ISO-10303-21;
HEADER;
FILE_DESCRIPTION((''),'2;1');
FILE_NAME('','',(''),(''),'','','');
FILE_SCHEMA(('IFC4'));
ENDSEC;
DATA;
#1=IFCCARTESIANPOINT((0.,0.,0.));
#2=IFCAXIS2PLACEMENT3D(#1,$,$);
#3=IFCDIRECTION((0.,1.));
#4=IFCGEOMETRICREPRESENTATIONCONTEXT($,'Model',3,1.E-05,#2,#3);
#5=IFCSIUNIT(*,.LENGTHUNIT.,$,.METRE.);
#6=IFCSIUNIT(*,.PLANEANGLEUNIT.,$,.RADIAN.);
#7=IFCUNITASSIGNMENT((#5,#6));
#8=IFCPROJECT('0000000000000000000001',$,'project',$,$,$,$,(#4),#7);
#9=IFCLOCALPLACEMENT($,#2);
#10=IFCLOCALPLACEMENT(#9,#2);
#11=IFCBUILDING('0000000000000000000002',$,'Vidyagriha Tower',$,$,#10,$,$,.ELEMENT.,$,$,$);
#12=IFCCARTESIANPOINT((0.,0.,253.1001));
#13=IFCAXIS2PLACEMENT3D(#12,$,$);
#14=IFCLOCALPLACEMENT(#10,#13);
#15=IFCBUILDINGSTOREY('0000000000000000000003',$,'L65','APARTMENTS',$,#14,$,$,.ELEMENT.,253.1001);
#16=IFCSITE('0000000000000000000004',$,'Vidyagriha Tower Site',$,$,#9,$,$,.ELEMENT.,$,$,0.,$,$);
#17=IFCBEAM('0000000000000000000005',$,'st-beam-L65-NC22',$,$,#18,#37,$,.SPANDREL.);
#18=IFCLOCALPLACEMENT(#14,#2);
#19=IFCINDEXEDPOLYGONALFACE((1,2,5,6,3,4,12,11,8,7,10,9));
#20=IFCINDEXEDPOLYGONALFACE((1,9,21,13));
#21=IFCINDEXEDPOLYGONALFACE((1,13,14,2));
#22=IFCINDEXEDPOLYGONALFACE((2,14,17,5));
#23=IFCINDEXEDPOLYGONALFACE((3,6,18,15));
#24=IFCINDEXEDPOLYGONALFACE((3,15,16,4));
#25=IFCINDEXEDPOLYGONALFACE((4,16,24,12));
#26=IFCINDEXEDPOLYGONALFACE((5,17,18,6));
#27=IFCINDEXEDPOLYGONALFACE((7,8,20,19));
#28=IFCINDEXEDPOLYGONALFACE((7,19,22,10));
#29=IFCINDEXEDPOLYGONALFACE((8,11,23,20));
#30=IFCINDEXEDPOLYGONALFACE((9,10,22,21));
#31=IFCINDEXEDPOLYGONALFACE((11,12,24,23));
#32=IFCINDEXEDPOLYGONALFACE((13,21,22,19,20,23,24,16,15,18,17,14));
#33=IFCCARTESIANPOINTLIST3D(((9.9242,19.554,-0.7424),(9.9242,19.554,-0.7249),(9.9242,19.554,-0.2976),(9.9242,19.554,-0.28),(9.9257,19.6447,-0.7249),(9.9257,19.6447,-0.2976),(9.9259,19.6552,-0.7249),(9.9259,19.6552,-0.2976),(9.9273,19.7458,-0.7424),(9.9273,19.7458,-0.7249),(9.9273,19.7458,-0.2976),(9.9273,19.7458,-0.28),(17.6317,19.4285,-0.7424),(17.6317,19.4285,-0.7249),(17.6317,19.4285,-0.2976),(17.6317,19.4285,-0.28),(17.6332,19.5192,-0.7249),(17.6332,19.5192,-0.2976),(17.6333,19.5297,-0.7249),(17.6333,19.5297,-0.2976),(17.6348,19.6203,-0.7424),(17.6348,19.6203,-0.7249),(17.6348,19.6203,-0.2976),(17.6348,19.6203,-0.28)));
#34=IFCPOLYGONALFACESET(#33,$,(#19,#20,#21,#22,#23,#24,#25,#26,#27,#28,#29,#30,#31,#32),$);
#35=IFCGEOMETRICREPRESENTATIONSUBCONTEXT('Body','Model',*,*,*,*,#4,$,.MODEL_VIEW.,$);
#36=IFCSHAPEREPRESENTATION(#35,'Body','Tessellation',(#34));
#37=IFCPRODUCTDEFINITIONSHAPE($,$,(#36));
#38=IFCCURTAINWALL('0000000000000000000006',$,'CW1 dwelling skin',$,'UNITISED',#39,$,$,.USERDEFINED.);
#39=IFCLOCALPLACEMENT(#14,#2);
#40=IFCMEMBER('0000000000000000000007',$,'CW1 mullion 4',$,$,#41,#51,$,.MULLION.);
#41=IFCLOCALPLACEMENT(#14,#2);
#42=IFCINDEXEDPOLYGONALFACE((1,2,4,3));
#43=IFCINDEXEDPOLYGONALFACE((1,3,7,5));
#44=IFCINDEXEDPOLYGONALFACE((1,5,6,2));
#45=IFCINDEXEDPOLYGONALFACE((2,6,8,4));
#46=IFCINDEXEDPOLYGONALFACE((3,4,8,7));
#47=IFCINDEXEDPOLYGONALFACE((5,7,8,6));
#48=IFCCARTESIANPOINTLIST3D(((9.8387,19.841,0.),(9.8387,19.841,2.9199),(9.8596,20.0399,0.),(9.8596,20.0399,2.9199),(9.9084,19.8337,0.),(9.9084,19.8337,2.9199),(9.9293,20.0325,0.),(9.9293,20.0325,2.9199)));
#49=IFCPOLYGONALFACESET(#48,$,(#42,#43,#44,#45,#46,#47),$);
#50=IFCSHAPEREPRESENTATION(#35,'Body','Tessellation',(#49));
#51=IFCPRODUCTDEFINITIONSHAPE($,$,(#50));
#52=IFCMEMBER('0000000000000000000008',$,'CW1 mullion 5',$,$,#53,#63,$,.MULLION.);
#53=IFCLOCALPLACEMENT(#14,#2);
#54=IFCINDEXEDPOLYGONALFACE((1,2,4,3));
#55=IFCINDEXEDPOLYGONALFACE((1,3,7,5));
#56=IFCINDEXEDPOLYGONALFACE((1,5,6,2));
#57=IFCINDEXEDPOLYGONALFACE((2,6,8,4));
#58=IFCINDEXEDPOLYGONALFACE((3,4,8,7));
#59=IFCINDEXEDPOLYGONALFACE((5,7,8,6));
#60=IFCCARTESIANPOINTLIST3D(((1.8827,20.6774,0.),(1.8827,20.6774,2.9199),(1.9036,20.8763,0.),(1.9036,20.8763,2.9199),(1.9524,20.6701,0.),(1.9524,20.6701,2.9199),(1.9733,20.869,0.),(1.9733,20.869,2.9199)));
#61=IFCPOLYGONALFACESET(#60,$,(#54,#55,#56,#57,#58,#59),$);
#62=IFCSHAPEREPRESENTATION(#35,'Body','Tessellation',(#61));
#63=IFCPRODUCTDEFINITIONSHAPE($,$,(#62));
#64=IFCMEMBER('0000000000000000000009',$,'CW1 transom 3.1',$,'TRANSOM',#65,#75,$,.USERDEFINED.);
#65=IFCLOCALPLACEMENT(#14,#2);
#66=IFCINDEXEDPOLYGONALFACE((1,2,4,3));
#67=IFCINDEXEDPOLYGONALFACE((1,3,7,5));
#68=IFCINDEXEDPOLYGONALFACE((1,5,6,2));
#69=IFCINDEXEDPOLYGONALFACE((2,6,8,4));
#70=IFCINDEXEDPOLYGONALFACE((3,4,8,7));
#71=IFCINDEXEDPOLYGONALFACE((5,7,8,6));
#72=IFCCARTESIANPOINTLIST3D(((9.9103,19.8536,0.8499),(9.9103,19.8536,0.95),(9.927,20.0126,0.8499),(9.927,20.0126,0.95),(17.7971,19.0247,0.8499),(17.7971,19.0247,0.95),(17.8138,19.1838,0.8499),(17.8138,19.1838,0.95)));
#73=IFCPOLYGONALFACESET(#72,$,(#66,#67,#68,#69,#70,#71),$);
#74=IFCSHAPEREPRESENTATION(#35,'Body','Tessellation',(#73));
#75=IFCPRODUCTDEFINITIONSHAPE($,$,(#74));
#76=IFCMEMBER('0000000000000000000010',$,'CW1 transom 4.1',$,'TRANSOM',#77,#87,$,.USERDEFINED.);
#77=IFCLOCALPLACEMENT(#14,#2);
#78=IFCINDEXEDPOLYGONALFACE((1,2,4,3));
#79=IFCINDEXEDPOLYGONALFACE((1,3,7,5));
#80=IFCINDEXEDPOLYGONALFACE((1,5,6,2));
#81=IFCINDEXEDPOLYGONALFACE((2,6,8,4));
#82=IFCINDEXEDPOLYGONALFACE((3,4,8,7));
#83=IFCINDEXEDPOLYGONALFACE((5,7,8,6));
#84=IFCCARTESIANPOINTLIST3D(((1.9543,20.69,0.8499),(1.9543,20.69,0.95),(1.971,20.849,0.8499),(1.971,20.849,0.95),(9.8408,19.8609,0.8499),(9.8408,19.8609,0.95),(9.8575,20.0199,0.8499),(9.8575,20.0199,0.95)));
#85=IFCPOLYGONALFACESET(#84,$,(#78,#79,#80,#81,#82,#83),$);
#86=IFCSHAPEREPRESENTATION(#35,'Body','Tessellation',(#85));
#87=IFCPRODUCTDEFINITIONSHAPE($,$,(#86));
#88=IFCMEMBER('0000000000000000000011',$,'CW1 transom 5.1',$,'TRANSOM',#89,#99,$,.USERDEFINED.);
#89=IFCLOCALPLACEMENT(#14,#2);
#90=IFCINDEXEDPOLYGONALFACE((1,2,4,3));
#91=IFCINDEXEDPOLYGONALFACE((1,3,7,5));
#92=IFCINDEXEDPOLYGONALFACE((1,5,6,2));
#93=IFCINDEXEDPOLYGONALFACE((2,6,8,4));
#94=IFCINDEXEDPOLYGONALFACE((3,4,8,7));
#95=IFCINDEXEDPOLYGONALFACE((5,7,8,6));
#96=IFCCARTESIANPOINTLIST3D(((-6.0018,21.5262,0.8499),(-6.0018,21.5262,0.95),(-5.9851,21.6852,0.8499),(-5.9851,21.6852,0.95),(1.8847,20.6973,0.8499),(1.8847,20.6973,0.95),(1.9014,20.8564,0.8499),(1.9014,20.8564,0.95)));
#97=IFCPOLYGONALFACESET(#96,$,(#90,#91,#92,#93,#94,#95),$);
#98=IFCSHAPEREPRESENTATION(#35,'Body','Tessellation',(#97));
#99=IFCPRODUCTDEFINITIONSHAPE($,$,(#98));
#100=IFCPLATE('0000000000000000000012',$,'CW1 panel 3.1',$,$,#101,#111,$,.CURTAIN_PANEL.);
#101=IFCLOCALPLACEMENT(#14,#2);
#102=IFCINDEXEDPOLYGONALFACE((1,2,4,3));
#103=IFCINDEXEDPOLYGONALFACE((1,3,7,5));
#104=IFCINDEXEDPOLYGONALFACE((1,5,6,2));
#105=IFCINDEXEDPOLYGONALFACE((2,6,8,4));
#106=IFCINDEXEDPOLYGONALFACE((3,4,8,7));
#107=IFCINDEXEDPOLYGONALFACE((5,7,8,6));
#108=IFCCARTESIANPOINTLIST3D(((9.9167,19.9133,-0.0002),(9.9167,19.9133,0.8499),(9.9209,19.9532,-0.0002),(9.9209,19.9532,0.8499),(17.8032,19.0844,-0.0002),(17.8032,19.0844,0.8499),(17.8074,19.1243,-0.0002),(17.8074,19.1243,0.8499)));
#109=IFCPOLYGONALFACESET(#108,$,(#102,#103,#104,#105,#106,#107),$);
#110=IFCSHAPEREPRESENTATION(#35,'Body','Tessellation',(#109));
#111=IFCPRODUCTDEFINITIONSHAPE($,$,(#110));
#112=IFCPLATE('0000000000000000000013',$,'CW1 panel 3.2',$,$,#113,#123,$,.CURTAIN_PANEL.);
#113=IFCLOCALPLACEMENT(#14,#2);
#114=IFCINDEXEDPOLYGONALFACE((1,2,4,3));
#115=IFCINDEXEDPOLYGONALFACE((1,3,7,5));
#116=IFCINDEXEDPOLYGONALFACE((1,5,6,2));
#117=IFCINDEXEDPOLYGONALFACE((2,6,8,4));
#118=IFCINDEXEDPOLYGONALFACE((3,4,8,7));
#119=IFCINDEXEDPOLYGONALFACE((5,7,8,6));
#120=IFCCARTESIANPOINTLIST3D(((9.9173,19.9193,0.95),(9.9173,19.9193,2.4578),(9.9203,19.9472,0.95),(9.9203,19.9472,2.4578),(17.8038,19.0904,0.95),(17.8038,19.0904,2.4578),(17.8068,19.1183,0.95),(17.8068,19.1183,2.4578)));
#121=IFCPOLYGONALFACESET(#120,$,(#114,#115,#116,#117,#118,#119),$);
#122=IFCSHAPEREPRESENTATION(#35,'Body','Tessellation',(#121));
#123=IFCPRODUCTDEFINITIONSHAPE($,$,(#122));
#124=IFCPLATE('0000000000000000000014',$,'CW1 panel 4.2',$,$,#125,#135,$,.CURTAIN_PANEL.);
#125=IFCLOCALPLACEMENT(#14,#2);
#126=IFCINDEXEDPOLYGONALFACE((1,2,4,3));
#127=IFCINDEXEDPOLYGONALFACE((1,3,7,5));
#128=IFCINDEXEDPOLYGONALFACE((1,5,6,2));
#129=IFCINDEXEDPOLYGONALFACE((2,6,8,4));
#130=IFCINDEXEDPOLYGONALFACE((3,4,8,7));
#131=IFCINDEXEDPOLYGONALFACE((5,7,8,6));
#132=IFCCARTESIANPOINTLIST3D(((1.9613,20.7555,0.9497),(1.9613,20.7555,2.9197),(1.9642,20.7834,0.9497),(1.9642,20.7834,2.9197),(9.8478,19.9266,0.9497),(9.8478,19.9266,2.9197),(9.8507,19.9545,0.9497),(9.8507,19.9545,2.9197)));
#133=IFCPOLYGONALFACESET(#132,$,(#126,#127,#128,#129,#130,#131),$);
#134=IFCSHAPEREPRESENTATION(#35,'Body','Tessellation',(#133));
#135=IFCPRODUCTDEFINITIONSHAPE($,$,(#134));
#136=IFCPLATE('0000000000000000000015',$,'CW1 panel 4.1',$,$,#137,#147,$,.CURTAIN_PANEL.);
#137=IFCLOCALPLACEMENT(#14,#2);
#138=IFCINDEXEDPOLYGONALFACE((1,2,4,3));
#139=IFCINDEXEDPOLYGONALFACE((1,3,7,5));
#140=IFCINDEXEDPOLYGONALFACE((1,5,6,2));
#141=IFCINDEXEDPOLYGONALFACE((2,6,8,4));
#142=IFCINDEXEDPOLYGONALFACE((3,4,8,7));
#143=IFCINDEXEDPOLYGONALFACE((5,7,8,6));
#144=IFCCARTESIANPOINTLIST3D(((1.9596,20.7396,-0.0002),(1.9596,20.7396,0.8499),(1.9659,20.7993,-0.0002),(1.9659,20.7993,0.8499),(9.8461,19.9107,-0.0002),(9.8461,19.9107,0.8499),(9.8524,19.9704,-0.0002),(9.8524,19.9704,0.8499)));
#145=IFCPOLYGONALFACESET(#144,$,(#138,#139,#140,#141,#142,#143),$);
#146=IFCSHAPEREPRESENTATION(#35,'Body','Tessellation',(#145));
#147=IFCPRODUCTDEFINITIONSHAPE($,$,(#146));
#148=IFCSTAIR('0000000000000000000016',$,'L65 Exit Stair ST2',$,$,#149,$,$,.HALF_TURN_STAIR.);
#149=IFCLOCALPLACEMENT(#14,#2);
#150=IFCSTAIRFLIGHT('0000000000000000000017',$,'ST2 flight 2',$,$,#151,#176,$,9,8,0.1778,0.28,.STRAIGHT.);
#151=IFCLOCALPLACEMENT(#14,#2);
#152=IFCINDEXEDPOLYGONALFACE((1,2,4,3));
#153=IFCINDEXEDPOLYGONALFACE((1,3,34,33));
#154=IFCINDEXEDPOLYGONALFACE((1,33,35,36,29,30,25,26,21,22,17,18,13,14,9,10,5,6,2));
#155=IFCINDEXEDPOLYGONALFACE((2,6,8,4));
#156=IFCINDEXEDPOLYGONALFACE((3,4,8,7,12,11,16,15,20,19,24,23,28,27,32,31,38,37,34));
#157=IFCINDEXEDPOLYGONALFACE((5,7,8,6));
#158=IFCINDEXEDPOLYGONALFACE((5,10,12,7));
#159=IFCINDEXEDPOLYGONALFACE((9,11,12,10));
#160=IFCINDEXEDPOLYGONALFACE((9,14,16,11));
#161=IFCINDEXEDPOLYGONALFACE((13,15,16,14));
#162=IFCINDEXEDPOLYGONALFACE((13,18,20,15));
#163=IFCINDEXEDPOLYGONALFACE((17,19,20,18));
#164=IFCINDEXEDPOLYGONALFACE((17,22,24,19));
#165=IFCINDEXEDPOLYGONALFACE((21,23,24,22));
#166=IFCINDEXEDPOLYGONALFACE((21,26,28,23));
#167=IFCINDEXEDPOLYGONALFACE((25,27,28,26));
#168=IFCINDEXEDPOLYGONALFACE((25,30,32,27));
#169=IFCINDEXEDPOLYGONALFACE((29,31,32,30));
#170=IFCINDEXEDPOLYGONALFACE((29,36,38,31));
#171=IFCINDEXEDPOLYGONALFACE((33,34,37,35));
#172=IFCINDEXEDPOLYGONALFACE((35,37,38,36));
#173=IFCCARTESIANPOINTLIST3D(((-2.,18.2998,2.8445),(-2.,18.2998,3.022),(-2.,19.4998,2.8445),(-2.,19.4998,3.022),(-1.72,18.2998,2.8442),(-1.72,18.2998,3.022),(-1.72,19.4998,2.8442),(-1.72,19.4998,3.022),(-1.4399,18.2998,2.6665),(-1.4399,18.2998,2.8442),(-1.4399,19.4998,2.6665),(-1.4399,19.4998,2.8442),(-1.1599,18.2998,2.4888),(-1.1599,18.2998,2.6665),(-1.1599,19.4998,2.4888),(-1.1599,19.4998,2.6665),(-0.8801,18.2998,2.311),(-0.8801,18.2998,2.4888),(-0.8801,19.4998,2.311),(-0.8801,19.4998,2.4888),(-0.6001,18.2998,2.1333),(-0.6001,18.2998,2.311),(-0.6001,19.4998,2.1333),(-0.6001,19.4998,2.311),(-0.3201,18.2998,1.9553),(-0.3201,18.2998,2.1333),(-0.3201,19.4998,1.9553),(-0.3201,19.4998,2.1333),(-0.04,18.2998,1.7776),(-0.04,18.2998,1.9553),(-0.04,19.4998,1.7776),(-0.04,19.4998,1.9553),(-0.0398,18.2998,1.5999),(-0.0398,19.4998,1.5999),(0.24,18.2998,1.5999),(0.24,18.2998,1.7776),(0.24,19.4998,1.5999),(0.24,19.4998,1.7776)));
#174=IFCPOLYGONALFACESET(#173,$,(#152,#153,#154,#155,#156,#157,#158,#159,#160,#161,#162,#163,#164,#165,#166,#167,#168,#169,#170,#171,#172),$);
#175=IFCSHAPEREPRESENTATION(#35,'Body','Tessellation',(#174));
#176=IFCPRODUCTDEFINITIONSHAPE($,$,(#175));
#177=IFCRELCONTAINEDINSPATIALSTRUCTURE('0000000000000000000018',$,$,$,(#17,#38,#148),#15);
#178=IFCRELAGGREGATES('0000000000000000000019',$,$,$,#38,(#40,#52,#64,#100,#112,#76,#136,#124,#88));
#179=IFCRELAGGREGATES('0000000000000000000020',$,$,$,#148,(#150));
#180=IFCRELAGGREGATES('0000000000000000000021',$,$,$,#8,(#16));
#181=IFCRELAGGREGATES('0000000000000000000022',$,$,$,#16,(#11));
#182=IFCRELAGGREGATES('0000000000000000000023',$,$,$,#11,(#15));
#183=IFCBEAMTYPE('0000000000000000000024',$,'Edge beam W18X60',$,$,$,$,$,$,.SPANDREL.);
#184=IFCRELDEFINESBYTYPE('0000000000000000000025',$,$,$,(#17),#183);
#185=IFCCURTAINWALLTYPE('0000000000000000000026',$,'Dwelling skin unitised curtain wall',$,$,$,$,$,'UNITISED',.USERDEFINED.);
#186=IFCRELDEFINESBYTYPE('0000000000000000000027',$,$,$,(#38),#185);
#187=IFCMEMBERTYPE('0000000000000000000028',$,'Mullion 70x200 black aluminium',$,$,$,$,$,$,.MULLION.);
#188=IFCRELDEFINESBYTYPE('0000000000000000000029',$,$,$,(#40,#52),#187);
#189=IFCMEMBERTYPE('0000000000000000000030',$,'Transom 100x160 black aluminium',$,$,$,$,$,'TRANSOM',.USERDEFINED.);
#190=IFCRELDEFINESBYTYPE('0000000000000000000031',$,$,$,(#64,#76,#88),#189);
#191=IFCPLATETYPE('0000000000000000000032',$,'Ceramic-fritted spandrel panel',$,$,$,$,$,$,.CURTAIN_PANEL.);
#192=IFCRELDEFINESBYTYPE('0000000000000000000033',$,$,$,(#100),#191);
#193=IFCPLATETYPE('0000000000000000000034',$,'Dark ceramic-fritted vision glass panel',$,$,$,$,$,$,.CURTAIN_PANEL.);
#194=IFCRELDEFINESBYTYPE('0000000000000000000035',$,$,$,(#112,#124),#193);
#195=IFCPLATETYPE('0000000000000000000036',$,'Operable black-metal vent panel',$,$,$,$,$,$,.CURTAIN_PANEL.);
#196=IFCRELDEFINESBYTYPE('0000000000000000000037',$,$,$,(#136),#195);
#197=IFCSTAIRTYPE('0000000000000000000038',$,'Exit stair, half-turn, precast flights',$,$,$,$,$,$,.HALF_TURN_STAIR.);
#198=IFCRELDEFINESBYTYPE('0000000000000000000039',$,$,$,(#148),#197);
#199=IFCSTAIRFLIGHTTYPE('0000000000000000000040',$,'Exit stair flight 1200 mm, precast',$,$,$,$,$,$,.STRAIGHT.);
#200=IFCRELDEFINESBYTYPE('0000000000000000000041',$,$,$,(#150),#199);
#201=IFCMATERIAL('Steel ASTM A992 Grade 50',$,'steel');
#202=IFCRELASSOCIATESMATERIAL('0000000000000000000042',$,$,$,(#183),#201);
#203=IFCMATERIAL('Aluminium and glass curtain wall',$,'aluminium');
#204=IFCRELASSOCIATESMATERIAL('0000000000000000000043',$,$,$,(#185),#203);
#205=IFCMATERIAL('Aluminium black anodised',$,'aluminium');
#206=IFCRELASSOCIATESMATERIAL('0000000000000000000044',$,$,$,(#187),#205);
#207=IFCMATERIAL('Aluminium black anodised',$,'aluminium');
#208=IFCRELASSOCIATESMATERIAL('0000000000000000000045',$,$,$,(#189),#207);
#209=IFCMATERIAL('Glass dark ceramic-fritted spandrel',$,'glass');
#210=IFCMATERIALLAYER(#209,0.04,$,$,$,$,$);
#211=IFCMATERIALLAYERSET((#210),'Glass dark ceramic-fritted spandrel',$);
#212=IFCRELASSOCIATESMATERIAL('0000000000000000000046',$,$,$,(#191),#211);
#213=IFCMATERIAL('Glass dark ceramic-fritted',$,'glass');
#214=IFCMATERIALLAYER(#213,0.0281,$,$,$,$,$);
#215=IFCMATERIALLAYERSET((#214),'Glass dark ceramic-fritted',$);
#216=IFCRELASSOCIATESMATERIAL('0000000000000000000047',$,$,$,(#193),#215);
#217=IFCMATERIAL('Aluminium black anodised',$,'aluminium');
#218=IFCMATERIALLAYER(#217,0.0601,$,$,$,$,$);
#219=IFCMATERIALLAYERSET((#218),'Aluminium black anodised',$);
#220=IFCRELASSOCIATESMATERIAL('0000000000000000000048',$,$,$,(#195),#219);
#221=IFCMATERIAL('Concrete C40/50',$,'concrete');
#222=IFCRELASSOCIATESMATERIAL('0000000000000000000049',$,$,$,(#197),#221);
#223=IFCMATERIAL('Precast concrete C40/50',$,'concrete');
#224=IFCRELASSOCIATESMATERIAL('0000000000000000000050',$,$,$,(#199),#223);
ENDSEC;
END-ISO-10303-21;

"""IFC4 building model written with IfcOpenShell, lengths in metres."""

from ifc_helpers import new_model, si_unit, direction, frame, origin, origin_2d, place, context, subcontext, project, spatial, polyline, rectangle, i_section, outline, extrude, material, layer, layer_set, material_profile, profile_set, type_object, element, aggregate, save


model = new_model("IFC4")

# Units and contexts
model_context = context("Model", 3, precision=1e-05, world=origin(), true_north=direction((0.0, 1.0)))
body_context = subcontext(model_context, "Body", "Model", "MODEL_VIEW")
ifc_project = project(units=[si_unit("LENGTHUNIT", "METRE"), si_unit("PLANEANGLEUNIT", "RADIAN")], contexts=[model_context])

# Site, building, storey
site_placement = place(None, origin())
site = spatial("IfcSite", under=ifc_project, at=site_placement, Name="Vidyagriha Tower Site", CompositionType="ELEMENT", RefElevation=0.0)
building_placement = place(site_placement, origin())
building = spatial("IfcBuilding", under=site, at=building_placement, Name="Vidyagriha Tower", CompositionType="ELEMENT")
storey_placement = place(building_placement, frame((0.0, 0.0, 253.1001)))
storey = spatial("IfcBuildingStorey", under=building, at=storey_placement, Name="L65", Description="APARTMENTS", CompositionType="ELEMENT", Elevation=253.1001)

# Beam
ifc_material_1 = material(Name="Steel ASTM A992 Grade 50", Category="steel")
ifc_material_profile_1 = material_profile(ifc_material_1, i_section(OverallWidth=0.1919, OverallDepth=0.4624, WebThickness=0.0105, FlangeThickness=0.0176, at=origin_2d()), Name="W18X60")
ifc_profile_set_1 = profile_set([ifc_material_profile_1], Name="Steel ASTM A992 Grade 50")
beam_type = type_object("IfcBeamType", Name="Edge beam W18X60", PredefinedType="SPANDREL", material=ifc_profile_set_1)
beam_placement = place(storey_placement, frame((9.9258, 19.6499, -0.5112), z_axis=(0.999867, -0.016279, 0.0), x_axis=(0.016279, 0.999867, 0.0)))
element("IfcBeam", 1, at=beam_placement, inside=storey, type_object=beam_type, Name="st-beam-L65-NC22", PredefinedType="SPANDREL", context=body_context, shape_type="SweptSolid", body=[
    extrude(i_section(OverallWidth=0.1919, OverallDepth=0.4624, WebThickness=0.0105, FlangeThickness=0.0176, at=origin_2d()), origin(), (0.0, 0.0, 1.0), 7.7085),
])

# Curtain wall, members, plates
ifc_material_2 = material(Name="Aluminium and glass curtain wall", Category="aluminium")
curtain_wall_type = type_object("IfcCurtainWallType", Name="Dwelling skin unitised curtain wall", ElementType="UNITISED", PredefinedType="USERDEFINED", material=ifc_material_2)
curtain_wall_placement = place(storey_placement, origin())
curtain_wall = element("IfcCurtainWall", 2, at=curtain_wall_placement, inside=storey, type_object=curtain_wall_type, Name="CW1 dwelling skin", ObjectType="UNITISED", PredefinedType="USERDEFINED")
ifc_material_3 = material(Name="Aluminium black anodised", Category="aluminium")
ifc_material_profile_2 = material_profile(ifc_material_3, rectangle(XDim=0.2, YDim=0.0701, at=origin_2d()), Name="Mullion 70x200 black aluminium")
ifc_profile_set_2 = profile_set([ifc_material_profile_2], Name="Aluminium black anodised")
member_type_1 = type_object("IfcMemberType", Name="Mullion 70x200 black aluminium", PredefinedType="MULLION", material=ifc_profile_set_2)
member_1_placement = place(storey_placement, frame((9.884, 19.9368, 0.0), z_axis=(0.0, 0.0, 1.0), x_axis=(-0.104529, -0.994522, 0.0)))
member_1 = element("IfcMember", 3, at=member_1_placement, type_object=member_type_1, Name="CW1 mullion 4", PredefinedType="MULLION", context=body_context, shape_type="SweptSolid", body=[
    extrude(rectangle(XDim=0.2, YDim=0.0701, at=origin_2d()), origin(), (0.0, 0.0, 1.0), 2.9199),
])
member_2_placement = place(storey_placement, frame((1.928, 20.7732, 0.0), z_axis=(0.0, 0.0, 1.0), x_axis=(-0.104529, -0.994522, 0.0)))
member_2 = element("IfcMember", 4, at=member_2_placement, type_object=member_type_1, Name="CW1 mullion 5", PredefinedType="MULLION", context=body_context, shape_type="SweptSolid", body=[
    extrude(rectangle(XDim=0.2, YDim=0.0701, at=origin_2d()), origin(), (0.0, 0.0, 1.0), 2.9199),
])
ifc_material_4 = material(Name="Aluminium black anodised", Category="aluminium")
ifc_material_profile_3 = material_profile(ifc_material_4, rectangle(XDim=0.1599, YDim=0.1001, at=origin_2d()), Name="Transom 100x160 black aluminium")
ifc_profile_set_3 = profile_set([ifc_material_profile_3], Name="Aluminium black anodised")
member_type_2 = type_object("IfcMemberType", Name="Transom 100x160 black aluminium", ElementType="TRANSOM", PredefinedType="USERDEFINED", material=ifc_profile_set_3)
member_3_placement = place(storey_placement, frame((17.8054, 19.1042, 0.8999), z_axis=(-0.994523, 0.10452, 0.0), x_axis=(-0.10452, -0.994523, 0.0)))
member_3 = element("IfcMember", 5, at=member_3_placement, type_object=member_type_2, Name="CW1 transom 3.1", ObjectType="TRANSOM", PredefinedType="USERDEFINED", context=body_context, shape_type="SweptSolid", body=[
    extrude(rectangle(XDim=0.1599, YDim=0.1001, at=origin_2d()), origin(), (0.0, 0.0, 1.0), 7.9302),
])
member_4_placement = place(storey_placement, frame((9.8491, 19.9404, 0.8999), z_axis=(-0.994519, 0.104553, 0.0), x_axis=(-0.104553, -0.994519, 0.0)))
member_4 = element("IfcMember", 6, at=member_4_placement, type_object=member_type_2, Name="CW1 transom 4.1", ObjectType="TRANSOM", PredefinedType="USERDEFINED", context=body_context, shape_type="SweptSolid", body=[
    extrude(rectangle(XDim=0.1599, YDim=0.1001, at=origin_2d()), origin(), (0.0, 0.0, 1.0), 7.9299),
])
member_5_placement = place(storey_placement, frame((1.8931, 20.7769, 0.8999), z_axis=(-0.994522, 0.104523, 0.0), x_axis=(-0.104523, -0.994522, 0.0)))
member_5 = element("IfcMember", 7, at=member_5_placement, type_object=member_type_2, Name="CW1 transom 5.1", ObjectType="TRANSOM", PredefinedType="USERDEFINED", context=body_context, shape_type="SweptSolid", body=[
    extrude(rectangle(XDim=0.1599, YDim=0.1001, at=origin_2d()), origin(), (0.0, 0.0, 1.0), 7.9299),
])
ifc_material_5 = material(Name="Glass dark ceramic-fritted spandrel", Category="glass")
ifc_layer_1 = layer(ifc_material_5, 0.04)
ifc_layer_set_1 = layer_set([ifc_layer_1], Name="Glass dark ceramic-fritted spandrel")
plate_type_1 = type_object("IfcPlateType", Name="Ceramic-fritted spandrel panel", PredefinedType="CURTAIN_PANEL", material=ifc_layer_set_1)
plate_1_placement = place(storey_placement, frame((13.8621, 19.5188, -0.0002), z_axis=(0.0, 0.0, 1.0), x_axis=(-0.994522, 0.104529, 0.0)))
plate_1 = element("IfcPlate", 8, at=plate_1_placement, type_object=plate_type_1, Name="CW1 panel 3.1", PredefinedType="CURTAIN_PANEL", context=body_context, shape_type="SweptSolid", body=[
    extrude(rectangle(XDim=7.9299, YDim=0.04, at=origin_2d()), origin(), (0.0, 0.0, 1.0), 0.8501),
])
ifc_material_6 = material(Name="Glass dark ceramic-fritted", Category="glass")
ifc_layer_2 = layer(ifc_material_6, 0.0281)
ifc_layer_set_2 = layer_set([ifc_layer_2], Name="Glass dark ceramic-fritted")
plate_type_2 = type_object("IfcPlateType", Name="Dark ceramic-fritted vision glass panel", PredefinedType="CURTAIN_PANEL", material=ifc_layer_set_2)
plate_2_placement = place(storey_placement, frame((13.8621, 19.5188, 0.95), z_axis=(0.0, 0.0, 1.0), x_axis=(-0.994522, 0.104529, 0.0)))
plate_2 = element("IfcPlate", 9, at=plate_2_placement, type_object=plate_type_2, Name="CW1 panel 3.2", PredefinedType="CURTAIN_PANEL", context=body_context, shape_type="SweptSolid", body=[
    extrude(rectangle(XDim=7.9299, YDim=0.0281, at=origin_2d()), origin(), (0.0, 0.0, 1.0), 1.5078),
])
plate_3_placement = place(storey_placement, frame((5.906, 20.355, 0.9497), z_axis=(0.0, 0.0, 1.0), x_axis=(-0.994522, 0.104529, 0.0)))
plate_3 = element("IfcPlate", 10, at=plate_3_placement, type_object=plate_type_2, Name="CW1 panel 4.2", PredefinedType="CURTAIN_PANEL", context=body_context, shape_type="SweptSolid", body=[
    extrude(rectangle(XDim=7.9299, YDim=0.0281, at=origin_2d()), origin(), (0.0, 0.0, 1.0), 1.97),
])
ifc_material_7 = material(Name="Aluminium black anodised", Category="aluminium")
ifc_layer_3 = layer(ifc_material_7, 0.0601)
ifc_layer_set_3 = layer_set([ifc_layer_3], Name="Aluminium black anodised")
plate_type_3 = type_object("IfcPlateType", Name="Operable black-metal vent panel", PredefinedType="CURTAIN_PANEL", material=ifc_layer_set_3)
plate_4_placement = place(storey_placement, frame((5.906, 20.355, -0.0002), z_axis=(0.0, 0.0, 1.0), x_axis=(-0.994522, 0.104529, 0.0)))
plate_4 = element("IfcPlate", 11, at=plate_4_placement, type_object=plate_type_3, Name="CW1 panel 4.1", PredefinedType="CURTAIN_PANEL", context=body_context, shape_type="SweptSolid", body=[
    extrude(rectangle(XDim=7.9299, YDim=0.0601, at=origin_2d()), origin(), (0.0, 0.0, 1.0), 0.8501),
])
aggregate(curtain_wall, [member_1, member_2, member_3, plate_1, plate_2, member_4, plate_4, plate_3, member_5])

# Stair, stair flight
ifc_material_8 = material(Name="Concrete C40/50", Category="concrete")
stair_type = type_object("IfcStairType", Name="Exit stair, half-turn, precast flights", PredefinedType="HALF_TURN_STAIR", material=ifc_material_8)
stair_1_placement = place(storey_placement, origin())
stair_1 = element("IfcStair", 12, at=stair_1_placement, inside=storey, type_object=stair_type, Name="L65 Exit Stair ST2", PredefinedType="HALF_TURN_STAIR")
ifc_material_9 = material(Name="Precast concrete C40/50", Category="concrete")
stair_flight_type = type_object("IfcStairFlightType", Name="Exit stair flight 1200 mm, precast", PredefinedType="STRAIGHT", material=ifc_material_9)
stair_flight_1_placement = place(storey_placement, frame((0.24, 18.8999, 1.5999), z_axis=(0.0, 0.0, 1.0), x_axis=(-1.0, 0.0, 0.0)))
stair_flight_1 = element("IfcStairFlight", 13, at=stair_flight_1_placement, type_object=stair_flight_type, Name="ST2 flight 2", NumberOfRisers=9, NumberOfTreads=8, PredefinedType="STRAIGHT", RiserHeight=0.1778, TreadLength=0.28, context=body_context, shape_type="SweptSolid", body=[
    extrude(outline(polyline([(0.0, 0.0), (0.0, 0.1777), (0.28, 0.1777), (0.28, 0.3555), (0.5601, 0.3555), (0.5601, 0.5334), (0.8401, 0.5334), (0.8401, 0.7112), (1.1201, 0.7112), (1.1201, 0.8889), (1.3999, 0.8889), (1.3999, 1.0667), (1.6799, 1.0667), (1.6799, 1.2444), (1.96, 1.2444), (1.96, 1.4221), (2.24, 1.4221), (2.24, 1.6001), (2.24, 1.2446), (0.2798, 0.0), (0.0, 0.0)])), frame((0.0, 0.6001, 0.0), z_axis=(0.0, -1.0, 0.0), x_axis=(1.0, 0.0, 0.0)), (0.0, 0.0, 1.0), 1.2),
])
aggregate(stair_1, [stair_flight_1])

save(model, "model.ifc")
